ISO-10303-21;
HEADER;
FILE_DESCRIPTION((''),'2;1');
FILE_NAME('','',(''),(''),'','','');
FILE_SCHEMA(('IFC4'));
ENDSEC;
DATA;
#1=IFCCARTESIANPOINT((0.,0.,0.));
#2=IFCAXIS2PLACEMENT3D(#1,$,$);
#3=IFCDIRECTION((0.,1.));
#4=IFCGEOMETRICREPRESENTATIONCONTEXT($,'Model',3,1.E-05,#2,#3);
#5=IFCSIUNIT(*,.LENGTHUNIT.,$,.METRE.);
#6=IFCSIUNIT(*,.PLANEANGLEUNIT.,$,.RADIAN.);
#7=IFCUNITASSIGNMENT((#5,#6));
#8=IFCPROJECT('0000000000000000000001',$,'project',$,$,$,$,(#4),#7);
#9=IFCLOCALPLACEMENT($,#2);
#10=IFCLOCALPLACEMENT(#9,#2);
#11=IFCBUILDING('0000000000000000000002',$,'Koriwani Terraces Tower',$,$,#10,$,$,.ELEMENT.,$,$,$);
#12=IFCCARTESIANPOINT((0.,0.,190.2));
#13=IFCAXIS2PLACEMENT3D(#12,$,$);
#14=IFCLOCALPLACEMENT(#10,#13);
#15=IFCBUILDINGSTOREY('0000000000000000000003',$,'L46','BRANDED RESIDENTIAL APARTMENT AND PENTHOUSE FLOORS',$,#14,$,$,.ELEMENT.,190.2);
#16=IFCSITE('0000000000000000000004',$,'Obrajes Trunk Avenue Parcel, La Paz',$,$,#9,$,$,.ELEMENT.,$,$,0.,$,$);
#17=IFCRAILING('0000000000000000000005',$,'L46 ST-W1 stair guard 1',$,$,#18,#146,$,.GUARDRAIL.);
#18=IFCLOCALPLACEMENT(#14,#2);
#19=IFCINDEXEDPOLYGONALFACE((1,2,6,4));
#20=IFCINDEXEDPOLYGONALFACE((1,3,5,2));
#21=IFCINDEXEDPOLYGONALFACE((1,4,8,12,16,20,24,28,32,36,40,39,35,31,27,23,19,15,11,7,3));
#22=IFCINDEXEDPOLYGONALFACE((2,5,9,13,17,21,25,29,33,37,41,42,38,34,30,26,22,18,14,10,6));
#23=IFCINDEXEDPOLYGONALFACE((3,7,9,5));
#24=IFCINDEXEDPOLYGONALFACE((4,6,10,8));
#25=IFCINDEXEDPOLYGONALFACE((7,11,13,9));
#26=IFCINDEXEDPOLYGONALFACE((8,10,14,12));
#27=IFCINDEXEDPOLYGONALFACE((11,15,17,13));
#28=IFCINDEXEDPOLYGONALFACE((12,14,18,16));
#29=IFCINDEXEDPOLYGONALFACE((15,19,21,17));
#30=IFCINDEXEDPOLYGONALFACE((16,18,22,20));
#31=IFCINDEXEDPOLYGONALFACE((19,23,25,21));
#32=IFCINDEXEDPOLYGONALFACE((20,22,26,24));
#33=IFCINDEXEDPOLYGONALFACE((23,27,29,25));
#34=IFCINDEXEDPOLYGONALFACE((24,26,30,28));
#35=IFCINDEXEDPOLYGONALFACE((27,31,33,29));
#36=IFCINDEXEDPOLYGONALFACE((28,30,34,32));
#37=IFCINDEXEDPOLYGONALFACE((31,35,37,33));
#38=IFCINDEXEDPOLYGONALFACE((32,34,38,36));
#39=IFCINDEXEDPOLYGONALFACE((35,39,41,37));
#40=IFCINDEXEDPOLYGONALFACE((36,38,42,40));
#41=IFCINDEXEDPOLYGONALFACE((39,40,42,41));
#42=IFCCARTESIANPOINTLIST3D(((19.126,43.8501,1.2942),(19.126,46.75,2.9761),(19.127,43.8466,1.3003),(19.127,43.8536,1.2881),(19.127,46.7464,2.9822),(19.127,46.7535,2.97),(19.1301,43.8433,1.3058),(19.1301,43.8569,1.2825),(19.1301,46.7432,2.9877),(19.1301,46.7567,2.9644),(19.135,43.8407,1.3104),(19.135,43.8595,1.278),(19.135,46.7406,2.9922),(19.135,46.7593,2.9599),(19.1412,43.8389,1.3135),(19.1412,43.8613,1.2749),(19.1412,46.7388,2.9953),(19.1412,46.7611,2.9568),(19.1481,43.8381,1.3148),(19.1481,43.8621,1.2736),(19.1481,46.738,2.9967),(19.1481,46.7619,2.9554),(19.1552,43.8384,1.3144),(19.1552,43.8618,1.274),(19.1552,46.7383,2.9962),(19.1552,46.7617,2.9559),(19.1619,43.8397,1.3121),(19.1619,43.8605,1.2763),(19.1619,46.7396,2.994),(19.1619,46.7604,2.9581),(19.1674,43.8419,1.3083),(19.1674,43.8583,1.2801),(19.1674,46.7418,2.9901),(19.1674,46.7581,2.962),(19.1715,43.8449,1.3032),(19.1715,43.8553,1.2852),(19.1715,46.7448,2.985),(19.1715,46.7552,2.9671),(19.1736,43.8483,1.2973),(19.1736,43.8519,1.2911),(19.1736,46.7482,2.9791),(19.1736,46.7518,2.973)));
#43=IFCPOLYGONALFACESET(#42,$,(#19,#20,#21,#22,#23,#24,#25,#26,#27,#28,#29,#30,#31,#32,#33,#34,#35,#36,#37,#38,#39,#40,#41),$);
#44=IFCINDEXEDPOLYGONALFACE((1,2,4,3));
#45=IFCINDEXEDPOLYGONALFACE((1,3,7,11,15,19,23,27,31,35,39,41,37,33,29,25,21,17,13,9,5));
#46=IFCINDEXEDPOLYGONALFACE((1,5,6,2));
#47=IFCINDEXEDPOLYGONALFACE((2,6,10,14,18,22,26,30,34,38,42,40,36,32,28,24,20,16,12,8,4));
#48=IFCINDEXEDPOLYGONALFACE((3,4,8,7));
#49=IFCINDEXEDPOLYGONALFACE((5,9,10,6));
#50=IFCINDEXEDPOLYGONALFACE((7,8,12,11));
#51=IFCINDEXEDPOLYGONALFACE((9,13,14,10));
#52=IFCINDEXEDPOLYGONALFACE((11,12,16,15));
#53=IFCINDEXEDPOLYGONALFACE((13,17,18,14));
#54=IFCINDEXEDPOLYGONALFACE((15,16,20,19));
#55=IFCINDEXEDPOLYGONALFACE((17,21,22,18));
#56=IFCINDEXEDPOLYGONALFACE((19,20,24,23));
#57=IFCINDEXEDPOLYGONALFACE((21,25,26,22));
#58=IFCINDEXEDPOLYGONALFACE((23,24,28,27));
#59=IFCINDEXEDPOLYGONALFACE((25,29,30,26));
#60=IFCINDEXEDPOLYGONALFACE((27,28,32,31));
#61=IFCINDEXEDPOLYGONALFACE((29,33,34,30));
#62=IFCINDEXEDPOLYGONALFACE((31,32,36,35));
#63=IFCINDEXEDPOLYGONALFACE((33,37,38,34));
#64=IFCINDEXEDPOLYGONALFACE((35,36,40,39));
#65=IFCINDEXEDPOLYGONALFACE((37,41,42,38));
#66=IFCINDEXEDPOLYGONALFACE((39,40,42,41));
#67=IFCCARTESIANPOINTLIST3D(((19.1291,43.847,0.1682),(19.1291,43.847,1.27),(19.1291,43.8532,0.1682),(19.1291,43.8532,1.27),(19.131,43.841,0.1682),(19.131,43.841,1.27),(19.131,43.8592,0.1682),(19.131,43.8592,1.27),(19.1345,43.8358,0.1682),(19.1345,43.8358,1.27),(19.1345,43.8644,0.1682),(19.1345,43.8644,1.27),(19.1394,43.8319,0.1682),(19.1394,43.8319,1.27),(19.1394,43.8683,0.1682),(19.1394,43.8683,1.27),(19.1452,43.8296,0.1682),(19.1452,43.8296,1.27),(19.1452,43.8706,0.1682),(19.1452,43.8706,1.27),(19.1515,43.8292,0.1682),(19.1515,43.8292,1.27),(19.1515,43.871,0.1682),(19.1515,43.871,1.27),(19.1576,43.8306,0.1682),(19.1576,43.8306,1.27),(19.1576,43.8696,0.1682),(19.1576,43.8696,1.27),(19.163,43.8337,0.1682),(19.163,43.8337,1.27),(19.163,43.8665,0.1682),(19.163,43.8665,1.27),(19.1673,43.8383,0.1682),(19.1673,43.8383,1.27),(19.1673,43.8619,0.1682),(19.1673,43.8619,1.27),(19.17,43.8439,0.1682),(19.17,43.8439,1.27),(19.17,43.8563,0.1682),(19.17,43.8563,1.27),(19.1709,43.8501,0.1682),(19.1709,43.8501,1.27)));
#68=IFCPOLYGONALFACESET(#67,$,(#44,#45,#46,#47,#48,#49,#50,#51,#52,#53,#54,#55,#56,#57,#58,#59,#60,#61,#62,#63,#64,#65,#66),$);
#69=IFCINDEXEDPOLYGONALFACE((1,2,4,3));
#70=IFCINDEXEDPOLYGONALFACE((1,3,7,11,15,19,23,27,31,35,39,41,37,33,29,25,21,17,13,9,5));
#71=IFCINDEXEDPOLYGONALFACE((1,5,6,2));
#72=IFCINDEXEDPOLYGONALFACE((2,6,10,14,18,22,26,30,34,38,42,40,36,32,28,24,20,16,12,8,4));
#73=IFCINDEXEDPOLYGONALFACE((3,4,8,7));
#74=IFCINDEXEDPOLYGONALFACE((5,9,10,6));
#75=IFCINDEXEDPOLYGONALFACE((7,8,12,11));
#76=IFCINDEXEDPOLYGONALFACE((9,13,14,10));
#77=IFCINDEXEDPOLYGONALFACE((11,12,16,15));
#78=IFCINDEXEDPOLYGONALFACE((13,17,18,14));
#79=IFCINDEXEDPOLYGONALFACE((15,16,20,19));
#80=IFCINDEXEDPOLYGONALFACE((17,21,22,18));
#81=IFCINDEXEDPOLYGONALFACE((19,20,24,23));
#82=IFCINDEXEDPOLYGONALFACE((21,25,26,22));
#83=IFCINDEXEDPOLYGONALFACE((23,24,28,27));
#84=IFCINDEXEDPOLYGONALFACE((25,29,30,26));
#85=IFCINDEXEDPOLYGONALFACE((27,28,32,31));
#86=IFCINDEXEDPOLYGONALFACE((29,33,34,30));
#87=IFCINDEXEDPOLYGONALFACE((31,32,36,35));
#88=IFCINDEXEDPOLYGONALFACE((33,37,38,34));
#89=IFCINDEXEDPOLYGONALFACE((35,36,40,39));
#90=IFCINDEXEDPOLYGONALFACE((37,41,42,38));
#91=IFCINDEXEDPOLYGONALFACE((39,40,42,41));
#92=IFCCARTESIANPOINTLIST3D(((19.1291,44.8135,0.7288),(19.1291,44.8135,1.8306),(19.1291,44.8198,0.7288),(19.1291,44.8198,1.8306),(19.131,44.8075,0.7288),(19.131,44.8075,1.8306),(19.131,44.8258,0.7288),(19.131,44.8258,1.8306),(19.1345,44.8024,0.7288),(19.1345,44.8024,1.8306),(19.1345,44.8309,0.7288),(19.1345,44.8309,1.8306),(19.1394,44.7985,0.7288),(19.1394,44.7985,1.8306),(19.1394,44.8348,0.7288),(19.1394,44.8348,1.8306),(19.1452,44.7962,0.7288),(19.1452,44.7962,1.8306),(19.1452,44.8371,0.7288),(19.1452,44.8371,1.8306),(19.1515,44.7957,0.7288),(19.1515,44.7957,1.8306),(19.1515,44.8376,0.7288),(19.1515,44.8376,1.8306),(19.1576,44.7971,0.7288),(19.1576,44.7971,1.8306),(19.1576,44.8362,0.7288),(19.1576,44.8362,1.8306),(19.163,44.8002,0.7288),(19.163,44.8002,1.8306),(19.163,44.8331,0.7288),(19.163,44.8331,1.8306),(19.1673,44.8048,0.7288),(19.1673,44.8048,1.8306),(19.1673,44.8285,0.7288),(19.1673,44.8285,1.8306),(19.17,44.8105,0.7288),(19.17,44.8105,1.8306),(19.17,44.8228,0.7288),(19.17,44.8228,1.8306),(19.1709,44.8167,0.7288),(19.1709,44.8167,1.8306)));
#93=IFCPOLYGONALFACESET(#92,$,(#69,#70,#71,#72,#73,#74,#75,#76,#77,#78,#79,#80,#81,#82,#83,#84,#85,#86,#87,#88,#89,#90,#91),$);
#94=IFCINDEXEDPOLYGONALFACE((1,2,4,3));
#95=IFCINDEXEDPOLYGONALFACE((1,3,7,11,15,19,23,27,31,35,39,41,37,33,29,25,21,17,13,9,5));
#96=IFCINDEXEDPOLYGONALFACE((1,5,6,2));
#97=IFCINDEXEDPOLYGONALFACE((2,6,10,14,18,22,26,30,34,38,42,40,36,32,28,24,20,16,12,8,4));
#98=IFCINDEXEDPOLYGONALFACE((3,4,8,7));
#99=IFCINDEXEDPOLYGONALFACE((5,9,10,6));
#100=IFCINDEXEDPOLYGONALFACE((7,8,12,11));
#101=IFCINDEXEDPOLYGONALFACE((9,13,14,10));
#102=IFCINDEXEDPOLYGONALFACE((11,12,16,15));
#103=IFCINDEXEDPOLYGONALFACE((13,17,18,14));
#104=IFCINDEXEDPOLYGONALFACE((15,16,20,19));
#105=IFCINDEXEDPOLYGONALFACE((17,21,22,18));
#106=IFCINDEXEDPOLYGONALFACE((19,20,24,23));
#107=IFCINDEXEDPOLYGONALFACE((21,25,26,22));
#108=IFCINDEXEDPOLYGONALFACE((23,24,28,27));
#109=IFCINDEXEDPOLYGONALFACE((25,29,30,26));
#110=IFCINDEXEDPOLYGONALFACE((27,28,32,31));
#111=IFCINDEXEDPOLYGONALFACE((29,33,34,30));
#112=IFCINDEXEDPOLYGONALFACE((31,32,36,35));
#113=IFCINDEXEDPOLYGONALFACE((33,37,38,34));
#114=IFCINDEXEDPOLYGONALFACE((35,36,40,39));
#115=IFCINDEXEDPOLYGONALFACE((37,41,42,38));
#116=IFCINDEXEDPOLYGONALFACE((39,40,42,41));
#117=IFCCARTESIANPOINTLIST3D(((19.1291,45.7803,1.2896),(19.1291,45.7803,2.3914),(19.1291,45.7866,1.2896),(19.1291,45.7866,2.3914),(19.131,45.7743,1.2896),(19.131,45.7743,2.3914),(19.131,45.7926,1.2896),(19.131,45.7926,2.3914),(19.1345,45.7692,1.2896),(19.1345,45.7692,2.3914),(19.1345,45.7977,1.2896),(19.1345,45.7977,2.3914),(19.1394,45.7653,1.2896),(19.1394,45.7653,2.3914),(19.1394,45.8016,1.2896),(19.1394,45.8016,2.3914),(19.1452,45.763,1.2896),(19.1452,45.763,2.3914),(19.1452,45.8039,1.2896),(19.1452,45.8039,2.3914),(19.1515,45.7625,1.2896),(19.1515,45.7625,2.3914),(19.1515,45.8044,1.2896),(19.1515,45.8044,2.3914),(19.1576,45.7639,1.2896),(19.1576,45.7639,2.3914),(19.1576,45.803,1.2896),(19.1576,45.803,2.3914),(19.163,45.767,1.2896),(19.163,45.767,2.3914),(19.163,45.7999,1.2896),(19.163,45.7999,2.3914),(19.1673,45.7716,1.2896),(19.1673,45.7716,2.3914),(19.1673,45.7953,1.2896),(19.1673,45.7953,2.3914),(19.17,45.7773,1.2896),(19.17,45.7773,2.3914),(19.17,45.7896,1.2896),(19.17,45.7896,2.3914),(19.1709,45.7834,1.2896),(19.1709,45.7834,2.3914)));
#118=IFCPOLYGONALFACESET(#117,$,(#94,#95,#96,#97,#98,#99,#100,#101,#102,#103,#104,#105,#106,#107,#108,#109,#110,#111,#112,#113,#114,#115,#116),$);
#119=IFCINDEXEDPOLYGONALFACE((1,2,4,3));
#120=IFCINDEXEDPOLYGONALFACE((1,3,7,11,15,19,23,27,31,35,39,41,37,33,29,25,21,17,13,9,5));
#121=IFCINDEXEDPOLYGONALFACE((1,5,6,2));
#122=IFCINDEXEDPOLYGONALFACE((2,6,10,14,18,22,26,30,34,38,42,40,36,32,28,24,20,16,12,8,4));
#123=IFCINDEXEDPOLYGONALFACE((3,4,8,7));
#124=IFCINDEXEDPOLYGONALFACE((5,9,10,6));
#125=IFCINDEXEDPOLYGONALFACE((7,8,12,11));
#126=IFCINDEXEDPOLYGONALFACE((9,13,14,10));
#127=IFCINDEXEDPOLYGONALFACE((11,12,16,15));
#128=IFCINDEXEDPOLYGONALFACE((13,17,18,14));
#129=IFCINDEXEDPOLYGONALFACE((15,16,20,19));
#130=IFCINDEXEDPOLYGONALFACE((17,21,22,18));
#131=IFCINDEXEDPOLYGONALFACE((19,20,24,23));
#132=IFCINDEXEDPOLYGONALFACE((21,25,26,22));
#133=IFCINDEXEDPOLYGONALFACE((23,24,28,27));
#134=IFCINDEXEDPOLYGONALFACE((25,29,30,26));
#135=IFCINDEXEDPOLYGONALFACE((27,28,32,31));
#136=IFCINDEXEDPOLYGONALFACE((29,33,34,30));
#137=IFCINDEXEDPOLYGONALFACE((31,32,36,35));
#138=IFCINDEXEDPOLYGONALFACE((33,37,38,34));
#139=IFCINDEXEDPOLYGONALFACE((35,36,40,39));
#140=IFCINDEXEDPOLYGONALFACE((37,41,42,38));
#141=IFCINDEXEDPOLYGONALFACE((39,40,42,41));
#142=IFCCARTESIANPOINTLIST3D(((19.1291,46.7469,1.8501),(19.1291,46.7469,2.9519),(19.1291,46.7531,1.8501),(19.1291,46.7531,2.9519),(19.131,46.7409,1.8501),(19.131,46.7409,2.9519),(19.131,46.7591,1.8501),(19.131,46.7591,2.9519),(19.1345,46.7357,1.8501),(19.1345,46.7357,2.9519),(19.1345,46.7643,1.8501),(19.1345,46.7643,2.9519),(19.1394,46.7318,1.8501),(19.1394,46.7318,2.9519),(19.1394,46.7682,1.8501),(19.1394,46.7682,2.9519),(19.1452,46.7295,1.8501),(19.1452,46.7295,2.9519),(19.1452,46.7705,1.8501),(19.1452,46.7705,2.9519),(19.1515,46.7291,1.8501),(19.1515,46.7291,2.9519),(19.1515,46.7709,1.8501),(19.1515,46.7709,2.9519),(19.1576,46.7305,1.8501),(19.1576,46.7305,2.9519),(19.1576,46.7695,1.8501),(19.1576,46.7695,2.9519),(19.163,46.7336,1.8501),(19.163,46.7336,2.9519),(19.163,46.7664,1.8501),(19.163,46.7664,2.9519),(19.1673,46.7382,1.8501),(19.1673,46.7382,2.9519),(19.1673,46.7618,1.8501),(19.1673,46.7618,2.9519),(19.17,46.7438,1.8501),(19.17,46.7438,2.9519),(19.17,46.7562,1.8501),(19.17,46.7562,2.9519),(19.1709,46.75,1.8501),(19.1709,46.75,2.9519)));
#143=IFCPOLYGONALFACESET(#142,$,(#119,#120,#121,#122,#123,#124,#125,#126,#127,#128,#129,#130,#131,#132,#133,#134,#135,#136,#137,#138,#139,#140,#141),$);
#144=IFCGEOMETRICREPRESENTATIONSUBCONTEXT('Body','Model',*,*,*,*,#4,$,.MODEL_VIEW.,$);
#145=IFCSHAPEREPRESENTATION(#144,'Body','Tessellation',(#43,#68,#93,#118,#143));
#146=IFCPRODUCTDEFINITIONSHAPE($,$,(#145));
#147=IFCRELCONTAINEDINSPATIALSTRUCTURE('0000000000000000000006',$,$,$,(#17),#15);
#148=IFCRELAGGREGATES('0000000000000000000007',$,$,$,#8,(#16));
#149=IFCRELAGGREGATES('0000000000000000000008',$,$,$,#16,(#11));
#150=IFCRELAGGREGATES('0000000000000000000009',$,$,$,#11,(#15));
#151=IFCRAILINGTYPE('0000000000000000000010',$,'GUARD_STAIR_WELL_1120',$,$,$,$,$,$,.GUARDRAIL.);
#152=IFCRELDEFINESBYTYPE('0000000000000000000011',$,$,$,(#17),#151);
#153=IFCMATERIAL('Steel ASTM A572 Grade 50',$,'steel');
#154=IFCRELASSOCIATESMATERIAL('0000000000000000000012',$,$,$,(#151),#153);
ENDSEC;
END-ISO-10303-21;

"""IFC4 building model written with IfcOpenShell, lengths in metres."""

from ifc_helpers import new_model, si_unit, direction, frame, origin, origin_2d, place, context, subcontext, project, spatial, circle, extrude, material, type_object, element, save


model = new_model("IFC4")

# Units and contexts
model_context = context("Model", 3, precision=1e-05, world=origin(), true_north=direction((0.0, 1.0)))
body_context = subcontext(model_context, "Body", "Model", "MODEL_VIEW")
ifc_project = project(units=[si_unit("LENGTHUNIT", "METRE"), si_unit("PLANEANGLEUNIT", "RADIAN")], contexts=[model_context])

# Site, building, storey
site_placement = place(None, origin())
site = spatial("IfcSite", under=ifc_project, at=site_placement, Name="Obrajes Trunk Avenue Parcel, La Paz", CompositionType="ELEMENT", RefElevation=0.0)
building_placement = place(site_placement, origin())
building = spatial("IfcBuilding", under=site, at=building_placement, Name="Koriwani Terraces Tower", CompositionType="ELEMENT")
storey_placement = place(building_placement, frame((0.0, 0.0, 190.2)))
storey = spatial("IfcBuildingStorey", under=building, at=storey_placement, Name="L46", Description="BRANDED RESIDENTIAL APARTMENT AND PENTHOUSE FLOORS", CompositionType="ELEMENT", Elevation=190.2)

# Shared definitions
ifc_material_1 = material(Name="Steel ASTM A572 Grade 50", Category="steel")

# Railing
railing_type_1 = type_object("IfcRailingType", Name="GUARD_STAIR_WELL_1120", PredefinedType="GUARDRAIL", material=ifc_material_1)
railing_1_placement = place(storey_placement, frame((19.1499, 43.8501, 0.1682)))
element("IfcRailing", 1, at=railing_1_placement, inside=storey, type_object=railing_type_1, Name="L46 ST-W1 stair guard 1", PredefinedType="GUARDRAIL", context=body_context, shape_type="SweptSolid", body=[
    extrude(circle(Radius=0.0239, at=origin_2d()), frame((0.0, 0.0, 1.126), z_axis=(0.0, 0.865039, 0.501705), x_axis=(-1.0, 0.0, 0.0)), (0.0, 0.0, 1.0), 3.3523),
    extrude(circle(Radius=0.021, at=origin_2d()), origin(), (0.0, 0.0, 1.0), 1.1018),
    extrude(circle(Radius=0.021, at=origin_2d()), frame((0.0, 0.9666, 0.5605)), (0.0, 0.0, 1.0), 1.1018),
    extrude(circle(Radius=0.021, at=origin_2d()), frame((0.0, 1.9333, 1.1213)), (0.0, 0.0, 1.0), 1.1018),
    extrude(circle(Radius=0.021, at=origin_2d()), frame((0.0, 2.8999, 1.6819)), (0.0, 0.0, 1.0), 1.1018),
])

save(model, "model.ifc")
